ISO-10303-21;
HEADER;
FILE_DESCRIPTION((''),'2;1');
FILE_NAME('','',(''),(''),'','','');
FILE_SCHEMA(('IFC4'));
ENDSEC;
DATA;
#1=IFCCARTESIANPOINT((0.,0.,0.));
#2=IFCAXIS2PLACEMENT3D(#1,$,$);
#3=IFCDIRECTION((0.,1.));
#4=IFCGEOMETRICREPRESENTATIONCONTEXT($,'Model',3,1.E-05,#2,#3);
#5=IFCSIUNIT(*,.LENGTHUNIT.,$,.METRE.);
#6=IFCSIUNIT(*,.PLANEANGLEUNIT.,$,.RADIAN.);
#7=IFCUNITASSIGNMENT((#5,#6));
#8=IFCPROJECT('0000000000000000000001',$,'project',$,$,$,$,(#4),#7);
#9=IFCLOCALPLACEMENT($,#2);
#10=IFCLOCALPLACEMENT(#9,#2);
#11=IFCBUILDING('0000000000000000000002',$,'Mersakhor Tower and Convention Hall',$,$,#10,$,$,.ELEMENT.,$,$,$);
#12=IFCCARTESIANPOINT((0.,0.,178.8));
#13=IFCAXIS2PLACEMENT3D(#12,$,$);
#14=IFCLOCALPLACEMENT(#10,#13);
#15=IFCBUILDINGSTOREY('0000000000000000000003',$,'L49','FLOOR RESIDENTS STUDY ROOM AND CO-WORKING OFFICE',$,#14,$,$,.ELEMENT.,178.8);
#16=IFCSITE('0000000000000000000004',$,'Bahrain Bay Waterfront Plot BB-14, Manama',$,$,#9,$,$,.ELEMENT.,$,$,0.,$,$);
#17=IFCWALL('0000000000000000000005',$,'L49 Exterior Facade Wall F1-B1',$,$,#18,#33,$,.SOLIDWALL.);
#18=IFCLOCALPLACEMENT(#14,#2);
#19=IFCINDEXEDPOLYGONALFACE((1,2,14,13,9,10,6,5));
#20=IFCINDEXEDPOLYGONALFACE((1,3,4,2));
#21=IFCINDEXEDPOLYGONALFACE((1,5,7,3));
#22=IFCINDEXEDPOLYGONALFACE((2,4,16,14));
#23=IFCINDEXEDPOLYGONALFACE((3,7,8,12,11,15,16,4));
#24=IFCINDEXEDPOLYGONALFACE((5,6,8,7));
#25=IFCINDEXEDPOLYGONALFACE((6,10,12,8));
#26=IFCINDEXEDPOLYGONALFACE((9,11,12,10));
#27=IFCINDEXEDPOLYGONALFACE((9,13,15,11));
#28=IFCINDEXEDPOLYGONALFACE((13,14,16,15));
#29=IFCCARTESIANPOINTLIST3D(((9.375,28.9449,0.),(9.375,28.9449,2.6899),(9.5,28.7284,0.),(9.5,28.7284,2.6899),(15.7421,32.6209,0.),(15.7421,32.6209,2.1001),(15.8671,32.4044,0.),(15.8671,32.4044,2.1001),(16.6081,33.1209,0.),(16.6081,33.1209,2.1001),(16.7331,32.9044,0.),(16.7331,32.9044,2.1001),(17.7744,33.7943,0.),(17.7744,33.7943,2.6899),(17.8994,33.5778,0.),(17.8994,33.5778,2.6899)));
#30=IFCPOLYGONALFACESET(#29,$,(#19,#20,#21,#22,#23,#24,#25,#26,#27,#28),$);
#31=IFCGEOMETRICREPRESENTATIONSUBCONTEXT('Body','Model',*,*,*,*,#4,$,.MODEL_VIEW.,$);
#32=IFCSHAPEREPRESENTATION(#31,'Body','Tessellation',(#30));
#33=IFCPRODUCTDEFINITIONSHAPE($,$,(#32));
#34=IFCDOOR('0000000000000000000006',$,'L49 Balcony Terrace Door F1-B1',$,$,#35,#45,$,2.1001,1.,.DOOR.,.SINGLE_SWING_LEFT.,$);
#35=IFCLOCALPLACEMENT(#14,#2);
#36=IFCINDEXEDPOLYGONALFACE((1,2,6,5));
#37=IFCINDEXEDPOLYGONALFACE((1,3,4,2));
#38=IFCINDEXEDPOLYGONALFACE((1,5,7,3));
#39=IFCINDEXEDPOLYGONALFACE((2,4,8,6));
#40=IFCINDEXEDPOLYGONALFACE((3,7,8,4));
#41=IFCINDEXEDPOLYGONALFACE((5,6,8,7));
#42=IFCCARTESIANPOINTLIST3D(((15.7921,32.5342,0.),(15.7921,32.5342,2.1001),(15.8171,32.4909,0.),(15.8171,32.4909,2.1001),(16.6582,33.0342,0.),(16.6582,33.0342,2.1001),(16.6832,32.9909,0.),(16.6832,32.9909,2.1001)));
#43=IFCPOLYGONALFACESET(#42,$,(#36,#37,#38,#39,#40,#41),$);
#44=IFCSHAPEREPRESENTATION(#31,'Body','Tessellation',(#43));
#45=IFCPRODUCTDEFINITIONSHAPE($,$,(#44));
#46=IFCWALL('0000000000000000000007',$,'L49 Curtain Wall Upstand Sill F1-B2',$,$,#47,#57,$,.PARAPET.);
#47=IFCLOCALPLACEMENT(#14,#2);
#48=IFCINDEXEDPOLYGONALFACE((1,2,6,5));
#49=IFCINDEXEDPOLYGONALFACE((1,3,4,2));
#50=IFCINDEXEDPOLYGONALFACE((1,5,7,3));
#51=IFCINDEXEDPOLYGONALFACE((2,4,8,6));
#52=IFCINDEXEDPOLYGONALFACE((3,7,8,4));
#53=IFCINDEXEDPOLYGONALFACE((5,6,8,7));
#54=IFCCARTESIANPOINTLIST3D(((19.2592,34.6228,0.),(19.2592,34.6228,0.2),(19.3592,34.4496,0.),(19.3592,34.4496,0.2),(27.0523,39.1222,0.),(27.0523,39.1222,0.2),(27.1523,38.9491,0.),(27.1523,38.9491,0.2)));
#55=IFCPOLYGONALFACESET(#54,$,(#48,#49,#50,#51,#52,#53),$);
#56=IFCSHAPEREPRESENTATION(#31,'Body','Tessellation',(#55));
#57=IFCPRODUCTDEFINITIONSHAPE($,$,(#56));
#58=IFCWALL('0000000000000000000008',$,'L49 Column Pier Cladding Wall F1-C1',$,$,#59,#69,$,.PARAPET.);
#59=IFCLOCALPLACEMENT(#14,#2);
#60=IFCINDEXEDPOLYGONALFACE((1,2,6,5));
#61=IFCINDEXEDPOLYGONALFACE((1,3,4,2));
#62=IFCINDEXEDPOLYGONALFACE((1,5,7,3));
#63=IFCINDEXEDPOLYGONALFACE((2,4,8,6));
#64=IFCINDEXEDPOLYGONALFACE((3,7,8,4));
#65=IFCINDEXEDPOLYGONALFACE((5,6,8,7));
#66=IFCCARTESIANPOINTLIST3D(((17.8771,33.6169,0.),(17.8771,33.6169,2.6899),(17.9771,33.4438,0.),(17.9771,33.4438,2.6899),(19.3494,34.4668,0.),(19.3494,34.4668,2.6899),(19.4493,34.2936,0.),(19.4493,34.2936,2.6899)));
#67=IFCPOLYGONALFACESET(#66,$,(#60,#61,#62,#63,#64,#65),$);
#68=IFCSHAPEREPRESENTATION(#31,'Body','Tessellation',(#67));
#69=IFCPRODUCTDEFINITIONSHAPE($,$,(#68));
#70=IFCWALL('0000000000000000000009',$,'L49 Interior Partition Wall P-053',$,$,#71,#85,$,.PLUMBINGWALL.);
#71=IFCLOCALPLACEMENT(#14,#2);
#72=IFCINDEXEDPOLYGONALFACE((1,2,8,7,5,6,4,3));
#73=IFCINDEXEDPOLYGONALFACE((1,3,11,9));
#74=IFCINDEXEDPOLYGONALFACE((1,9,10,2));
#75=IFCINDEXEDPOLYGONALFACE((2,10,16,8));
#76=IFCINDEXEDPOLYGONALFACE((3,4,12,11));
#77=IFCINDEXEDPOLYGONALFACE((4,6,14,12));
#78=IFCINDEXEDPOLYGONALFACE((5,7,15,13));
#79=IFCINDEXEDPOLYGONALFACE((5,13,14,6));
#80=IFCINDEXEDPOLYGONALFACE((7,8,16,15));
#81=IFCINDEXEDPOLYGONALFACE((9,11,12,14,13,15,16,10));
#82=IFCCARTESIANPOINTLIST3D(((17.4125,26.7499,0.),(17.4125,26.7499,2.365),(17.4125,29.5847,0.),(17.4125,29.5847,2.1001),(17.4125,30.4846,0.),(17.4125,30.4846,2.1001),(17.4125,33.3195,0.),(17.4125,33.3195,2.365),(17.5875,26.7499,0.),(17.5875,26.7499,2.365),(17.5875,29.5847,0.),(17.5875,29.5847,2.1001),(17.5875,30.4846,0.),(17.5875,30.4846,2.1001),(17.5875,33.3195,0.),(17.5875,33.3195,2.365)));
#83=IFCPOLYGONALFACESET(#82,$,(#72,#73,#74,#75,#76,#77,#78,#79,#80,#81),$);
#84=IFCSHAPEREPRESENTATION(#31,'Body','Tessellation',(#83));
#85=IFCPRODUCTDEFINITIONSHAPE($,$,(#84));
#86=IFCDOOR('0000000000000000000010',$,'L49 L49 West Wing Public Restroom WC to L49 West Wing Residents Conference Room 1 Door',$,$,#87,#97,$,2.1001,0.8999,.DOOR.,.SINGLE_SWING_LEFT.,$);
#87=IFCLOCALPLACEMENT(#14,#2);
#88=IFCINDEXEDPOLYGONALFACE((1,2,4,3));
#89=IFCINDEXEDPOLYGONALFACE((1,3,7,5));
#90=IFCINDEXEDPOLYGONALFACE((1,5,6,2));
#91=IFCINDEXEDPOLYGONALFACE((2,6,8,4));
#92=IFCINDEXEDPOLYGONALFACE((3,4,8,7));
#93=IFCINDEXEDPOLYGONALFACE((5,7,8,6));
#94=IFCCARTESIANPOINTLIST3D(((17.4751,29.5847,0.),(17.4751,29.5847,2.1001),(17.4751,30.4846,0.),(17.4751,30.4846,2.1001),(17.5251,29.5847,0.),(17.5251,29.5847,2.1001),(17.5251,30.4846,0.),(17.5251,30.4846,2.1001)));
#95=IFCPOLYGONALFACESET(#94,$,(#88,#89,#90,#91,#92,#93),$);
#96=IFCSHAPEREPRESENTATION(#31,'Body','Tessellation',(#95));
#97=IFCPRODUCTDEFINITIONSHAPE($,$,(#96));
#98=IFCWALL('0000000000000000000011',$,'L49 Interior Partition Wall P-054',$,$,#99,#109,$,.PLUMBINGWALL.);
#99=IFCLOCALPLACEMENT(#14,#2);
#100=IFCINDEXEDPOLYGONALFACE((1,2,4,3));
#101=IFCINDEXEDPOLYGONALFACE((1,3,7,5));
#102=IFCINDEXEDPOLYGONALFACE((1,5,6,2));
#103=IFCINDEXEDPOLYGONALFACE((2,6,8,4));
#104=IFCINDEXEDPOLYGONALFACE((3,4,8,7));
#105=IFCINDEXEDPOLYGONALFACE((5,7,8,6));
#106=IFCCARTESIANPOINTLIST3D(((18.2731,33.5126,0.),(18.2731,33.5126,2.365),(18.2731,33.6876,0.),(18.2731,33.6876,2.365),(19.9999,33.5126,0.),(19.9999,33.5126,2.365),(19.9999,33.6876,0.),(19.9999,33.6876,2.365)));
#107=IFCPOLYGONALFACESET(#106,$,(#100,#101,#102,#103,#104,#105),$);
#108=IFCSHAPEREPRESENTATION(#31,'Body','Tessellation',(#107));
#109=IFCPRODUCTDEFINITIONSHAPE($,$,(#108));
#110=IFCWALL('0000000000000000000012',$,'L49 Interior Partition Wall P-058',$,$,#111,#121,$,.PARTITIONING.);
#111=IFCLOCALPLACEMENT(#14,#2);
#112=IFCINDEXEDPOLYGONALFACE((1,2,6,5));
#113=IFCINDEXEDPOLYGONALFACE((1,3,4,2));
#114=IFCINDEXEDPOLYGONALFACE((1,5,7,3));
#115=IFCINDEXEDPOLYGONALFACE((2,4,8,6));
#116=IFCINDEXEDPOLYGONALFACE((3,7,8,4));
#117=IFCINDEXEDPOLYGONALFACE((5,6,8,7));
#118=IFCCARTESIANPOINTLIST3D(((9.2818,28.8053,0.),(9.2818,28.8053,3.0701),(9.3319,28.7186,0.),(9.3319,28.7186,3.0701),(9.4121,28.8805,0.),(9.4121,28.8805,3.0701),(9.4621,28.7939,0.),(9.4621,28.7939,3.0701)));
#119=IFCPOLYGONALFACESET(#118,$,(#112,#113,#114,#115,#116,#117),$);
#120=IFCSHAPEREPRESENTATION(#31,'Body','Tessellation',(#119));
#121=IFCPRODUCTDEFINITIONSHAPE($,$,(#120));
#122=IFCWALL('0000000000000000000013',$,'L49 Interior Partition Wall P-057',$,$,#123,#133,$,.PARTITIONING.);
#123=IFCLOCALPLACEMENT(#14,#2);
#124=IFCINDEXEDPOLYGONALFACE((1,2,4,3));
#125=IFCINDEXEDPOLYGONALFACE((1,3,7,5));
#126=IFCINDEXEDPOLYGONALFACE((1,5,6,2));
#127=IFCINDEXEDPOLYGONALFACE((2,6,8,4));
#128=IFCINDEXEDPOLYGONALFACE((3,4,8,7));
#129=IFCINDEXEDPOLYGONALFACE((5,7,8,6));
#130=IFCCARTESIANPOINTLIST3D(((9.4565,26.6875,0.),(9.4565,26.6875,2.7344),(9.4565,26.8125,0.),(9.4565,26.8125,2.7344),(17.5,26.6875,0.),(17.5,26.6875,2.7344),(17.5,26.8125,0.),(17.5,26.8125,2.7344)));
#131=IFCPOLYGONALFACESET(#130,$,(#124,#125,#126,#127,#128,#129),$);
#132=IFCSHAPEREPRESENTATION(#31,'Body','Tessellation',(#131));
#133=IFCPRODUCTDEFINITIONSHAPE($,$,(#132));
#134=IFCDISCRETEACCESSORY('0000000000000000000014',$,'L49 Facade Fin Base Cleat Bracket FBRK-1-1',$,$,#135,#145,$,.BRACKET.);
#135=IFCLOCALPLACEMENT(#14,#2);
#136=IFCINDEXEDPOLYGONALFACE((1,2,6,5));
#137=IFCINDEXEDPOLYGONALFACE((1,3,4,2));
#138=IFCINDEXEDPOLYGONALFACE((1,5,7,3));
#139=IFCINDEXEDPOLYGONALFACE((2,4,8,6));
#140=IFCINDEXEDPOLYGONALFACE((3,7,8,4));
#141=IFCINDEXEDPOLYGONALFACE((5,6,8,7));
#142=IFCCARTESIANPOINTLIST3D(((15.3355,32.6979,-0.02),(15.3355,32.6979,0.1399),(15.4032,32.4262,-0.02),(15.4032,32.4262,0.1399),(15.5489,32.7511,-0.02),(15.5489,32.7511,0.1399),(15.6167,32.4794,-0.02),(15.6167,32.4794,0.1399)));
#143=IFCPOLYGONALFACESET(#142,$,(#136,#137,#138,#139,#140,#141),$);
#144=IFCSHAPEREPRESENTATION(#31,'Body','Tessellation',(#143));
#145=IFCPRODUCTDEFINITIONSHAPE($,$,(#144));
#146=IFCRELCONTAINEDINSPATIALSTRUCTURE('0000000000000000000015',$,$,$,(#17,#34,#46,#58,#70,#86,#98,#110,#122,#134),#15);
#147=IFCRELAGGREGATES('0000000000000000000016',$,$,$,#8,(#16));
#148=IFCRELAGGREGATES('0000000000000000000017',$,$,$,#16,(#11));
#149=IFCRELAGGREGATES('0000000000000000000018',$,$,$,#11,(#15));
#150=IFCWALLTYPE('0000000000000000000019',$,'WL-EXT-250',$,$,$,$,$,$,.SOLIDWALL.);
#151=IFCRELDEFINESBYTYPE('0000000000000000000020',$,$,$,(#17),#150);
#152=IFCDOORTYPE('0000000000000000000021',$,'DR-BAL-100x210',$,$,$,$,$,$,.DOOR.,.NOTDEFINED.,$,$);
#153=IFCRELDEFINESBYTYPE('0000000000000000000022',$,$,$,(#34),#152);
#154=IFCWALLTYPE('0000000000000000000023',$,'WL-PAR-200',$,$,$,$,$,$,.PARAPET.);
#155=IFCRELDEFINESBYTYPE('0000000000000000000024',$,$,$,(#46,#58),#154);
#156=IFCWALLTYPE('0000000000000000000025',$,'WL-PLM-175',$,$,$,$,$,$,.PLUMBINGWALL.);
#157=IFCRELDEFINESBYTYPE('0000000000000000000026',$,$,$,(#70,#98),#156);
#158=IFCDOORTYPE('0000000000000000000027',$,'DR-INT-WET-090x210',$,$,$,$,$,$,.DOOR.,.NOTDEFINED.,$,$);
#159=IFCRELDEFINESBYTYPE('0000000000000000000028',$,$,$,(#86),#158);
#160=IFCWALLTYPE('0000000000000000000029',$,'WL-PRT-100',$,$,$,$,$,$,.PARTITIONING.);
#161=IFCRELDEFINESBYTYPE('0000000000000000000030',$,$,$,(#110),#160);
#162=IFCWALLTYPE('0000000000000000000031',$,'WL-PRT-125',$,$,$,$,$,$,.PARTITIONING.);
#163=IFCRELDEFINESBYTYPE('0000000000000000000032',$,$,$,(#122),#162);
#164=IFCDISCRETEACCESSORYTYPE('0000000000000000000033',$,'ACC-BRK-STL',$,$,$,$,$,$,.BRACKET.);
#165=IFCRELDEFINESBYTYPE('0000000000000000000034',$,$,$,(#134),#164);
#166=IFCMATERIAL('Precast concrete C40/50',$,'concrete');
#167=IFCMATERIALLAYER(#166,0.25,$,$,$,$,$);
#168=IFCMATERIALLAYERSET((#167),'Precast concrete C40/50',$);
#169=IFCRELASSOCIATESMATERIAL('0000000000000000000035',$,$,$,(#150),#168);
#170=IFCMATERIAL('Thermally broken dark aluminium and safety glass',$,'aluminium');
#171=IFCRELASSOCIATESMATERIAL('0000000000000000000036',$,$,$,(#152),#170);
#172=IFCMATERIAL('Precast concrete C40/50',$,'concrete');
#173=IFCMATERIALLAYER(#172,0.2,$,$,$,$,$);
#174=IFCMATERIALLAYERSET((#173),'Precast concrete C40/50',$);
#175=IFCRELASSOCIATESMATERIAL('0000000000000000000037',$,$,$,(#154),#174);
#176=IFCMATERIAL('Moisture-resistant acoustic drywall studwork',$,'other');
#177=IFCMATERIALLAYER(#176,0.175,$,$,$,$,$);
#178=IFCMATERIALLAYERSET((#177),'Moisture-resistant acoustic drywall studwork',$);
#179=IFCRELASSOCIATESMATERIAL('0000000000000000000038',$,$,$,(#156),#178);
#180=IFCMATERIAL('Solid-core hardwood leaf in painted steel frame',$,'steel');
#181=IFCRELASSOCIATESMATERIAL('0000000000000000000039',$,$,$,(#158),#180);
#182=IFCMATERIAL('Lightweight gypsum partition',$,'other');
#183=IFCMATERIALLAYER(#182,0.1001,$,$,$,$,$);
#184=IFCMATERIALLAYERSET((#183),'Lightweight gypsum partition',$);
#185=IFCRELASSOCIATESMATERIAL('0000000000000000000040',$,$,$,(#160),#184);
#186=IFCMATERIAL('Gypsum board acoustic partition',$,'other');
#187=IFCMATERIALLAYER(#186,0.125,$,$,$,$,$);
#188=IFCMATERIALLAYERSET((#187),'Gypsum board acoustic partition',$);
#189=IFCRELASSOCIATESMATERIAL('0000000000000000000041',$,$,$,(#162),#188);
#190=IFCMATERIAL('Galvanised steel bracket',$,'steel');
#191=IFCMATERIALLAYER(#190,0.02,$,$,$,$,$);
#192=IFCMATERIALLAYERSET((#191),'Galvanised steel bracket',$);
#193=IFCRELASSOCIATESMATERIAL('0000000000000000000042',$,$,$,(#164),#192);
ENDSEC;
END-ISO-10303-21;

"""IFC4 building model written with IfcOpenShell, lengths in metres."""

from ifc_helpers import new_model, si_unit, direction, frame, frame_2d, origin, origin_2d, place, context, subcontext, project, spatial, rectangle, extrude, material, layer, layer_set, type_object, element, fill, save


model = new_model("IFC4")

# Units and contexts
model_context = context("Model", 3, precision=1e-05, world=origin(), true_north=direction((0.0, 1.0)))
body_context = subcontext(model_context, "Body", "Model", "MODEL_VIEW")
ifc_project = project(units=[si_unit("LENGTHUNIT", "METRE"), si_unit("PLANEANGLEUNIT", "RADIAN")], contexts=[model_context])

# Site, building, storey
site_placement = place(None, origin())
site = spatial("IfcSite", under=ifc_project, at=site_placement, Name="Bahrain Bay Waterfront Plot BB-14, Manama", CompositionType="ELEMENT", RefElevation=0.0)
building_placement = place(site_placement, origin())
building = spatial("IfcBuilding", under=site, at=building_placement, Name="Mersakhor Tower and Convention Hall", CompositionType="ELEMENT")
storey_placement = place(building_placement, frame((0.0, 0.0, 178.8)))
storey = spatial("IfcBuildingStorey", under=building, at=storey_placement, Name="L49", Description="FLOOR RESIDENTS STUDY ROOM AND CO-WORKING OFFICE", CompositionType="ELEMENT", Elevation=178.8)

# Wall, opening, door
ifc_material_1 = material(Name="Precast concrete C40/50", Category="concrete")
ifc_layer_1 = layer(ifc_material_1, 0.25)
ifc_layer_set_1 = layer_set([ifc_layer_1], Name="Precast concrete C40/50")
wall_type_1 = type_object("IfcWallType", Name="WL-EXT-250", PredefinedType="SOLIDWALL", material=ifc_layer_set_1)
wall_1_placement = place(storey_placement, frame((9.4375, 28.8367, 0.0), z_axis=(0.0, 0.0, 1.0), x_axis=(0.866027, 0.499997, 0.0)))
wall_1 = element("IfcWall", 1, at=wall_1_placement, inside=storey, type_object=wall_type_1, Name="L49 Exterior Facade Wall F1-B1", PredefinedType="SOLIDWALL", context=body_context, shape_type="SweptSolid", body=[
    extrude(rectangle(XDim=9.6987, YDim=0.25, at=frame_2d((4.8494, 0.0))), origin(), (0.0, 0.0, 1.0), 2.6899),
])
opening_1_placement = place(wall_1_placement, frame((7.3521, 0.0, 0.0)))
opening_1 = element("IfcOpeningElement", 2, at=opening_1_placement, cuts=wall_1, PredefinedType="OPENING", context=body_context, shape_type="SweptSolid", body=[
    extrude(rectangle(XDim=1.0, YDim=2.1001, at=frame_2d((0.5, 1.05))), frame((0.0, 0.135, 0.0), z_axis=(0.0, -1.0, 0.0), x_axis=(1.0, 0.0, 0.0)), (0.0, 0.0, 1.0), 0.27),
])
ifc_material_2 = material(Name="Thermally broken dark aluminium and safety glass", Category="aluminium")
door_type_1 = type_object("IfcDoorType", Name="DR-BAL-100x210", OperationType="NOTDEFINED", PredefinedType="DOOR", material=ifc_material_2)
door_1_placement = place(opening_1_placement, origin())
door_1 = element("IfcDoor", 3, at=door_1_placement, inside=storey, type_object=door_type_1, Name="L49 Balcony Terrace Door F1-B1", OperationType="SINGLE_SWING_LEFT", OverallHeight=2.1001, OverallWidth=1.0, PredefinedType="DOOR", context=body_context, shape_type="SweptSolid", body=[
    extrude(rectangle(XDim=1.0, YDim=2.1001, at=frame_2d((0.5, 1.05))), frame((0.0, 0.0249, 0.0), z_axis=(0.0, -1.0, 0.0), x_axis=(1.0, 0.0, 0.0)), (0.0, 0.0, 1.0), 0.05),
])
fill(opening_1, door_1)

# Walls
ifc_material_3 = material(Name="Precast concrete C40/50", Category="concrete")
ifc_layer_2 = layer(ifc_material_3, 0.2)
ifc_layer_set_2 = layer_set([ifc_layer_2], Name="Precast concrete C40/50")
wall_type_2 = type_object("IfcWallType", Name="WL-PAR-200", PredefinedType="PARAPET", material=ifc_layer_set_2)
wall_2_placement = place(storey_placement, frame((19.3091, 34.5361, 0.0), z_axis=(0.0, 0.0, 1.0), x_axis=(0.866021, 0.500008, 0.0)))
element("IfcWall", 4, at=wall_2_placement, inside=storey, type_object=wall_type_2, Name="L49 Curtain Wall Upstand Sill F1-B2", PredefinedType="PARAPET", context=body_context, shape_type="SweptSolid", body=[
    extrude(rectangle(XDim=8.9988, YDim=0.2, at=frame_2d((4.4995, 0.0))), origin(), (0.0, 0.0, 1.0), 0.2),
])
wall_3_placement = place(storey_placement, frame((17.927, 33.5303, 0.0), z_axis=(0.0, 0.0, 1.0), x_axis=(0.866052, 0.499955, 0.0)))
element("IfcWall", 5, at=wall_3_placement, inside=storey, type_object=wall_type_2, Name="L49 Column Pier Cladding Wall F1-C1", PredefinedType="PARAPET", context=body_context, shape_type="SweptSolid", body=[
    extrude(rectangle(XDim=1.7, YDim=0.2, at=frame_2d((0.8501, 0.0))), origin(), (0.0, 0.0, 1.0), 2.6899),
])

# Wall, opening, door
ifc_material_4 = material(Name="Moisture-resistant acoustic drywall studwork", Category="other")
ifc_layer_3 = layer(ifc_material_4, 0.175)
ifc_layer_set_3 = layer_set([ifc_layer_3], Name="Moisture-resistant acoustic drywall studwork")
wall_type_3 = type_object("IfcWallType", Name="WL-PLM-175", PredefinedType="PLUMBINGWALL", material=ifc_layer_set_3)
wall_4_placement = place(storey_placement, frame((17.5, 26.75, 0.0), z_axis=(0.0, 0.0, 1.0), x_axis=(0.0, 1.0, 0.0)))
wall_4 = element("IfcWall", 6, at=wall_4_placement, inside=storey, type_object=wall_type_3, Name="L49 Interior Partition Wall P-053", PredefinedType="PLUMBINGWALL", context=body_context, shape_type="SweptSolid", body=[
    extrude(rectangle(XDim=6.5696, YDim=0.175, at=frame_2d((3.2847, 0.0))), origin(), (0.0, 0.0, 1.0), 2.365),
])
opening_2_placement = place(wall_4_placement, frame((2.8347, 0.0, 0.0)))
opening_2 = element("IfcOpeningElement", 7, at=opening_2_placement, cuts=wall_4, PredefinedType="OPENING", context=body_context, shape_type="SweptSolid", body=[
    extrude(rectangle(XDim=0.8999, YDim=2.1001, at=frame_2d((0.45, 1.05))), frame((0.0, 0.0974, 0.0), z_axis=(0.0, -1.0, 0.0), x_axis=(1.0, 0.0, 0.0)), (0.0, 0.0, 1.0), 0.1951),
])
ifc_material_5 = material(Name="Solid-core hardwood leaf in painted steel frame", Category="steel")
door_type_2 = type_object("IfcDoorType", Name="DR-INT-WET-090x210", OperationType="NOTDEFINED", PredefinedType="DOOR", material=ifc_material_5)
door_2_placement = place(opening_2_placement, origin())
door_2 = element("IfcDoor", 8, at=door_2_placement, inside=storey, type_object=door_type_2, Name="L49 L49 West Wing Public Restroom WC to L49 West Wing Residents Conference Room 1 Door", OperationType="SINGLE_SWING_LEFT", OverallHeight=2.1001, OverallWidth=0.8999, PredefinedType="DOOR", context=body_context, shape_type="SweptSolid", body=[
    extrude(rectangle(XDim=0.8999, YDim=2.1001, at=frame_2d((0.45, 1.05))), frame((0.0, 0.0249, 0.0), z_axis=(0.0, -1.0, 0.0), x_axis=(1.0, 0.0, 0.0)), (0.0, 0.0, 1.0), 0.05),
])
fill(opening_2, door_2)

# Walls
wall_5_placement = place(storey_placement, frame((18.2732, 33.6001, 0.0), z_axis=(0.0, 0.0, 1.0), x_axis=(1.0, 0.0, 0.0)))
element("IfcWall", 9, at=wall_5_placement, inside=storey, type_object=wall_type_3, Name="L49 Interior Partition Wall P-054", PredefinedType="PLUMBINGWALL", context=body_context, shape_type="SweptSolid", body=[
    extrude(rectangle(XDim=1.7268, YDim=0.175, at=frame_2d((0.8633, 0.0))), origin(), (0.0, 0.0, 1.0), 2.365),
])
ifc_material_6 = material(Name="Lightweight gypsum partition", Category="other")
ifc_layer_4 = layer(ifc_material_6, 0.1001)
ifc_layer_set_4 = layer_set([ifc_layer_4], Name="Lightweight gypsum partition")
wall_type_4 = type_object("IfcWallType", Name="WL-PRT-100", PredefinedType="PARTITIONING", material=ifc_layer_set_4)
wall_6_placement = place(storey_placement, frame((9.3069, 28.762, 0.0), z_axis=(0.0, 0.0, 1.0), x_axis=(0.865834, 0.500332, 0.0)))
element("IfcWall", 10, at=wall_6_placement, inside=storey, type_object=wall_type_4, Name="L49 Interior Partition Wall P-058", PredefinedType="PARTITIONING", context=body_context, shape_type="SweptSolid", body=[
    extrude(rectangle(XDim=0.1504, YDim=0.1001, at=frame_2d((0.0752, 0.0))), origin(), (0.0, 0.0, 1.0), 3.0701),
])
ifc_material_7 = material(Name="Gypsum board acoustic partition", Category="other")
ifc_layer_5 = layer(ifc_material_7, 0.125)
ifc_layer_set_5 = layer_set([ifc_layer_5], Name="Gypsum board acoustic partition")
wall_type_5 = type_object("IfcWallType", Name="WL-PRT-125", PredefinedType="PARTITIONING", material=ifc_layer_set_5)
wall_7_placement = place(storey_placement, frame((17.5, 26.75, 0.0), z_axis=(0.0, 0.0, 1.0), x_axis=(-1.0, 0.0, 0.0)))
element("IfcWall", 11, at=wall_7_placement, inside=storey, type_object=wall_type_5, Name="L49 Interior Partition Wall P-057", PredefinedType="PARTITIONING", context=body_context, shape_type="SweptSolid", body=[
    extrude(rectangle(XDim=8.0435, YDim=0.125, at=frame_2d((4.0217, 0.0))), origin(), (0.0, 0.0, 1.0), 2.7344),
])

# Discrete accessory
ifc_material_8 = material(Name="Galvanised steel bracket", Category="steel")
ifc_layer_6 = layer(ifc_material_8, 0.02)
ifc_layer_set_6 = layer_set([ifc_layer_6], Name="Galvanised steel bracket")
discrete_accessory_type = type_object("IfcDiscreteAccessoryType", Name="ACC-BRK-STL", PredefinedType="BRACKET", material=ifc_layer_set_6)
discrete_accessory_placement = place(storey_placement, frame((15.4761, 32.5886, -0.02), z_axis=(0.0, 0.0, 1.0), x_axis=(-0.241922, 0.970296, 0.0)))
element("IfcDiscreteAccessory", 12, at=discrete_accessory_placement, inside=storey, type_object=discrete_accessory_type, Name="L49 Facade Fin Base Cleat Bracket FBRK-1-1", PredefinedType="BRACKET", context=body_context, shape_type="SweptSolid", body=[
    extrude(rectangle(XDim=0.28, YDim=0.22, at=origin_2d()), origin(), (0.0, 0.0, 1.0), 0.1599),
])

save(model, "model.ifc")
